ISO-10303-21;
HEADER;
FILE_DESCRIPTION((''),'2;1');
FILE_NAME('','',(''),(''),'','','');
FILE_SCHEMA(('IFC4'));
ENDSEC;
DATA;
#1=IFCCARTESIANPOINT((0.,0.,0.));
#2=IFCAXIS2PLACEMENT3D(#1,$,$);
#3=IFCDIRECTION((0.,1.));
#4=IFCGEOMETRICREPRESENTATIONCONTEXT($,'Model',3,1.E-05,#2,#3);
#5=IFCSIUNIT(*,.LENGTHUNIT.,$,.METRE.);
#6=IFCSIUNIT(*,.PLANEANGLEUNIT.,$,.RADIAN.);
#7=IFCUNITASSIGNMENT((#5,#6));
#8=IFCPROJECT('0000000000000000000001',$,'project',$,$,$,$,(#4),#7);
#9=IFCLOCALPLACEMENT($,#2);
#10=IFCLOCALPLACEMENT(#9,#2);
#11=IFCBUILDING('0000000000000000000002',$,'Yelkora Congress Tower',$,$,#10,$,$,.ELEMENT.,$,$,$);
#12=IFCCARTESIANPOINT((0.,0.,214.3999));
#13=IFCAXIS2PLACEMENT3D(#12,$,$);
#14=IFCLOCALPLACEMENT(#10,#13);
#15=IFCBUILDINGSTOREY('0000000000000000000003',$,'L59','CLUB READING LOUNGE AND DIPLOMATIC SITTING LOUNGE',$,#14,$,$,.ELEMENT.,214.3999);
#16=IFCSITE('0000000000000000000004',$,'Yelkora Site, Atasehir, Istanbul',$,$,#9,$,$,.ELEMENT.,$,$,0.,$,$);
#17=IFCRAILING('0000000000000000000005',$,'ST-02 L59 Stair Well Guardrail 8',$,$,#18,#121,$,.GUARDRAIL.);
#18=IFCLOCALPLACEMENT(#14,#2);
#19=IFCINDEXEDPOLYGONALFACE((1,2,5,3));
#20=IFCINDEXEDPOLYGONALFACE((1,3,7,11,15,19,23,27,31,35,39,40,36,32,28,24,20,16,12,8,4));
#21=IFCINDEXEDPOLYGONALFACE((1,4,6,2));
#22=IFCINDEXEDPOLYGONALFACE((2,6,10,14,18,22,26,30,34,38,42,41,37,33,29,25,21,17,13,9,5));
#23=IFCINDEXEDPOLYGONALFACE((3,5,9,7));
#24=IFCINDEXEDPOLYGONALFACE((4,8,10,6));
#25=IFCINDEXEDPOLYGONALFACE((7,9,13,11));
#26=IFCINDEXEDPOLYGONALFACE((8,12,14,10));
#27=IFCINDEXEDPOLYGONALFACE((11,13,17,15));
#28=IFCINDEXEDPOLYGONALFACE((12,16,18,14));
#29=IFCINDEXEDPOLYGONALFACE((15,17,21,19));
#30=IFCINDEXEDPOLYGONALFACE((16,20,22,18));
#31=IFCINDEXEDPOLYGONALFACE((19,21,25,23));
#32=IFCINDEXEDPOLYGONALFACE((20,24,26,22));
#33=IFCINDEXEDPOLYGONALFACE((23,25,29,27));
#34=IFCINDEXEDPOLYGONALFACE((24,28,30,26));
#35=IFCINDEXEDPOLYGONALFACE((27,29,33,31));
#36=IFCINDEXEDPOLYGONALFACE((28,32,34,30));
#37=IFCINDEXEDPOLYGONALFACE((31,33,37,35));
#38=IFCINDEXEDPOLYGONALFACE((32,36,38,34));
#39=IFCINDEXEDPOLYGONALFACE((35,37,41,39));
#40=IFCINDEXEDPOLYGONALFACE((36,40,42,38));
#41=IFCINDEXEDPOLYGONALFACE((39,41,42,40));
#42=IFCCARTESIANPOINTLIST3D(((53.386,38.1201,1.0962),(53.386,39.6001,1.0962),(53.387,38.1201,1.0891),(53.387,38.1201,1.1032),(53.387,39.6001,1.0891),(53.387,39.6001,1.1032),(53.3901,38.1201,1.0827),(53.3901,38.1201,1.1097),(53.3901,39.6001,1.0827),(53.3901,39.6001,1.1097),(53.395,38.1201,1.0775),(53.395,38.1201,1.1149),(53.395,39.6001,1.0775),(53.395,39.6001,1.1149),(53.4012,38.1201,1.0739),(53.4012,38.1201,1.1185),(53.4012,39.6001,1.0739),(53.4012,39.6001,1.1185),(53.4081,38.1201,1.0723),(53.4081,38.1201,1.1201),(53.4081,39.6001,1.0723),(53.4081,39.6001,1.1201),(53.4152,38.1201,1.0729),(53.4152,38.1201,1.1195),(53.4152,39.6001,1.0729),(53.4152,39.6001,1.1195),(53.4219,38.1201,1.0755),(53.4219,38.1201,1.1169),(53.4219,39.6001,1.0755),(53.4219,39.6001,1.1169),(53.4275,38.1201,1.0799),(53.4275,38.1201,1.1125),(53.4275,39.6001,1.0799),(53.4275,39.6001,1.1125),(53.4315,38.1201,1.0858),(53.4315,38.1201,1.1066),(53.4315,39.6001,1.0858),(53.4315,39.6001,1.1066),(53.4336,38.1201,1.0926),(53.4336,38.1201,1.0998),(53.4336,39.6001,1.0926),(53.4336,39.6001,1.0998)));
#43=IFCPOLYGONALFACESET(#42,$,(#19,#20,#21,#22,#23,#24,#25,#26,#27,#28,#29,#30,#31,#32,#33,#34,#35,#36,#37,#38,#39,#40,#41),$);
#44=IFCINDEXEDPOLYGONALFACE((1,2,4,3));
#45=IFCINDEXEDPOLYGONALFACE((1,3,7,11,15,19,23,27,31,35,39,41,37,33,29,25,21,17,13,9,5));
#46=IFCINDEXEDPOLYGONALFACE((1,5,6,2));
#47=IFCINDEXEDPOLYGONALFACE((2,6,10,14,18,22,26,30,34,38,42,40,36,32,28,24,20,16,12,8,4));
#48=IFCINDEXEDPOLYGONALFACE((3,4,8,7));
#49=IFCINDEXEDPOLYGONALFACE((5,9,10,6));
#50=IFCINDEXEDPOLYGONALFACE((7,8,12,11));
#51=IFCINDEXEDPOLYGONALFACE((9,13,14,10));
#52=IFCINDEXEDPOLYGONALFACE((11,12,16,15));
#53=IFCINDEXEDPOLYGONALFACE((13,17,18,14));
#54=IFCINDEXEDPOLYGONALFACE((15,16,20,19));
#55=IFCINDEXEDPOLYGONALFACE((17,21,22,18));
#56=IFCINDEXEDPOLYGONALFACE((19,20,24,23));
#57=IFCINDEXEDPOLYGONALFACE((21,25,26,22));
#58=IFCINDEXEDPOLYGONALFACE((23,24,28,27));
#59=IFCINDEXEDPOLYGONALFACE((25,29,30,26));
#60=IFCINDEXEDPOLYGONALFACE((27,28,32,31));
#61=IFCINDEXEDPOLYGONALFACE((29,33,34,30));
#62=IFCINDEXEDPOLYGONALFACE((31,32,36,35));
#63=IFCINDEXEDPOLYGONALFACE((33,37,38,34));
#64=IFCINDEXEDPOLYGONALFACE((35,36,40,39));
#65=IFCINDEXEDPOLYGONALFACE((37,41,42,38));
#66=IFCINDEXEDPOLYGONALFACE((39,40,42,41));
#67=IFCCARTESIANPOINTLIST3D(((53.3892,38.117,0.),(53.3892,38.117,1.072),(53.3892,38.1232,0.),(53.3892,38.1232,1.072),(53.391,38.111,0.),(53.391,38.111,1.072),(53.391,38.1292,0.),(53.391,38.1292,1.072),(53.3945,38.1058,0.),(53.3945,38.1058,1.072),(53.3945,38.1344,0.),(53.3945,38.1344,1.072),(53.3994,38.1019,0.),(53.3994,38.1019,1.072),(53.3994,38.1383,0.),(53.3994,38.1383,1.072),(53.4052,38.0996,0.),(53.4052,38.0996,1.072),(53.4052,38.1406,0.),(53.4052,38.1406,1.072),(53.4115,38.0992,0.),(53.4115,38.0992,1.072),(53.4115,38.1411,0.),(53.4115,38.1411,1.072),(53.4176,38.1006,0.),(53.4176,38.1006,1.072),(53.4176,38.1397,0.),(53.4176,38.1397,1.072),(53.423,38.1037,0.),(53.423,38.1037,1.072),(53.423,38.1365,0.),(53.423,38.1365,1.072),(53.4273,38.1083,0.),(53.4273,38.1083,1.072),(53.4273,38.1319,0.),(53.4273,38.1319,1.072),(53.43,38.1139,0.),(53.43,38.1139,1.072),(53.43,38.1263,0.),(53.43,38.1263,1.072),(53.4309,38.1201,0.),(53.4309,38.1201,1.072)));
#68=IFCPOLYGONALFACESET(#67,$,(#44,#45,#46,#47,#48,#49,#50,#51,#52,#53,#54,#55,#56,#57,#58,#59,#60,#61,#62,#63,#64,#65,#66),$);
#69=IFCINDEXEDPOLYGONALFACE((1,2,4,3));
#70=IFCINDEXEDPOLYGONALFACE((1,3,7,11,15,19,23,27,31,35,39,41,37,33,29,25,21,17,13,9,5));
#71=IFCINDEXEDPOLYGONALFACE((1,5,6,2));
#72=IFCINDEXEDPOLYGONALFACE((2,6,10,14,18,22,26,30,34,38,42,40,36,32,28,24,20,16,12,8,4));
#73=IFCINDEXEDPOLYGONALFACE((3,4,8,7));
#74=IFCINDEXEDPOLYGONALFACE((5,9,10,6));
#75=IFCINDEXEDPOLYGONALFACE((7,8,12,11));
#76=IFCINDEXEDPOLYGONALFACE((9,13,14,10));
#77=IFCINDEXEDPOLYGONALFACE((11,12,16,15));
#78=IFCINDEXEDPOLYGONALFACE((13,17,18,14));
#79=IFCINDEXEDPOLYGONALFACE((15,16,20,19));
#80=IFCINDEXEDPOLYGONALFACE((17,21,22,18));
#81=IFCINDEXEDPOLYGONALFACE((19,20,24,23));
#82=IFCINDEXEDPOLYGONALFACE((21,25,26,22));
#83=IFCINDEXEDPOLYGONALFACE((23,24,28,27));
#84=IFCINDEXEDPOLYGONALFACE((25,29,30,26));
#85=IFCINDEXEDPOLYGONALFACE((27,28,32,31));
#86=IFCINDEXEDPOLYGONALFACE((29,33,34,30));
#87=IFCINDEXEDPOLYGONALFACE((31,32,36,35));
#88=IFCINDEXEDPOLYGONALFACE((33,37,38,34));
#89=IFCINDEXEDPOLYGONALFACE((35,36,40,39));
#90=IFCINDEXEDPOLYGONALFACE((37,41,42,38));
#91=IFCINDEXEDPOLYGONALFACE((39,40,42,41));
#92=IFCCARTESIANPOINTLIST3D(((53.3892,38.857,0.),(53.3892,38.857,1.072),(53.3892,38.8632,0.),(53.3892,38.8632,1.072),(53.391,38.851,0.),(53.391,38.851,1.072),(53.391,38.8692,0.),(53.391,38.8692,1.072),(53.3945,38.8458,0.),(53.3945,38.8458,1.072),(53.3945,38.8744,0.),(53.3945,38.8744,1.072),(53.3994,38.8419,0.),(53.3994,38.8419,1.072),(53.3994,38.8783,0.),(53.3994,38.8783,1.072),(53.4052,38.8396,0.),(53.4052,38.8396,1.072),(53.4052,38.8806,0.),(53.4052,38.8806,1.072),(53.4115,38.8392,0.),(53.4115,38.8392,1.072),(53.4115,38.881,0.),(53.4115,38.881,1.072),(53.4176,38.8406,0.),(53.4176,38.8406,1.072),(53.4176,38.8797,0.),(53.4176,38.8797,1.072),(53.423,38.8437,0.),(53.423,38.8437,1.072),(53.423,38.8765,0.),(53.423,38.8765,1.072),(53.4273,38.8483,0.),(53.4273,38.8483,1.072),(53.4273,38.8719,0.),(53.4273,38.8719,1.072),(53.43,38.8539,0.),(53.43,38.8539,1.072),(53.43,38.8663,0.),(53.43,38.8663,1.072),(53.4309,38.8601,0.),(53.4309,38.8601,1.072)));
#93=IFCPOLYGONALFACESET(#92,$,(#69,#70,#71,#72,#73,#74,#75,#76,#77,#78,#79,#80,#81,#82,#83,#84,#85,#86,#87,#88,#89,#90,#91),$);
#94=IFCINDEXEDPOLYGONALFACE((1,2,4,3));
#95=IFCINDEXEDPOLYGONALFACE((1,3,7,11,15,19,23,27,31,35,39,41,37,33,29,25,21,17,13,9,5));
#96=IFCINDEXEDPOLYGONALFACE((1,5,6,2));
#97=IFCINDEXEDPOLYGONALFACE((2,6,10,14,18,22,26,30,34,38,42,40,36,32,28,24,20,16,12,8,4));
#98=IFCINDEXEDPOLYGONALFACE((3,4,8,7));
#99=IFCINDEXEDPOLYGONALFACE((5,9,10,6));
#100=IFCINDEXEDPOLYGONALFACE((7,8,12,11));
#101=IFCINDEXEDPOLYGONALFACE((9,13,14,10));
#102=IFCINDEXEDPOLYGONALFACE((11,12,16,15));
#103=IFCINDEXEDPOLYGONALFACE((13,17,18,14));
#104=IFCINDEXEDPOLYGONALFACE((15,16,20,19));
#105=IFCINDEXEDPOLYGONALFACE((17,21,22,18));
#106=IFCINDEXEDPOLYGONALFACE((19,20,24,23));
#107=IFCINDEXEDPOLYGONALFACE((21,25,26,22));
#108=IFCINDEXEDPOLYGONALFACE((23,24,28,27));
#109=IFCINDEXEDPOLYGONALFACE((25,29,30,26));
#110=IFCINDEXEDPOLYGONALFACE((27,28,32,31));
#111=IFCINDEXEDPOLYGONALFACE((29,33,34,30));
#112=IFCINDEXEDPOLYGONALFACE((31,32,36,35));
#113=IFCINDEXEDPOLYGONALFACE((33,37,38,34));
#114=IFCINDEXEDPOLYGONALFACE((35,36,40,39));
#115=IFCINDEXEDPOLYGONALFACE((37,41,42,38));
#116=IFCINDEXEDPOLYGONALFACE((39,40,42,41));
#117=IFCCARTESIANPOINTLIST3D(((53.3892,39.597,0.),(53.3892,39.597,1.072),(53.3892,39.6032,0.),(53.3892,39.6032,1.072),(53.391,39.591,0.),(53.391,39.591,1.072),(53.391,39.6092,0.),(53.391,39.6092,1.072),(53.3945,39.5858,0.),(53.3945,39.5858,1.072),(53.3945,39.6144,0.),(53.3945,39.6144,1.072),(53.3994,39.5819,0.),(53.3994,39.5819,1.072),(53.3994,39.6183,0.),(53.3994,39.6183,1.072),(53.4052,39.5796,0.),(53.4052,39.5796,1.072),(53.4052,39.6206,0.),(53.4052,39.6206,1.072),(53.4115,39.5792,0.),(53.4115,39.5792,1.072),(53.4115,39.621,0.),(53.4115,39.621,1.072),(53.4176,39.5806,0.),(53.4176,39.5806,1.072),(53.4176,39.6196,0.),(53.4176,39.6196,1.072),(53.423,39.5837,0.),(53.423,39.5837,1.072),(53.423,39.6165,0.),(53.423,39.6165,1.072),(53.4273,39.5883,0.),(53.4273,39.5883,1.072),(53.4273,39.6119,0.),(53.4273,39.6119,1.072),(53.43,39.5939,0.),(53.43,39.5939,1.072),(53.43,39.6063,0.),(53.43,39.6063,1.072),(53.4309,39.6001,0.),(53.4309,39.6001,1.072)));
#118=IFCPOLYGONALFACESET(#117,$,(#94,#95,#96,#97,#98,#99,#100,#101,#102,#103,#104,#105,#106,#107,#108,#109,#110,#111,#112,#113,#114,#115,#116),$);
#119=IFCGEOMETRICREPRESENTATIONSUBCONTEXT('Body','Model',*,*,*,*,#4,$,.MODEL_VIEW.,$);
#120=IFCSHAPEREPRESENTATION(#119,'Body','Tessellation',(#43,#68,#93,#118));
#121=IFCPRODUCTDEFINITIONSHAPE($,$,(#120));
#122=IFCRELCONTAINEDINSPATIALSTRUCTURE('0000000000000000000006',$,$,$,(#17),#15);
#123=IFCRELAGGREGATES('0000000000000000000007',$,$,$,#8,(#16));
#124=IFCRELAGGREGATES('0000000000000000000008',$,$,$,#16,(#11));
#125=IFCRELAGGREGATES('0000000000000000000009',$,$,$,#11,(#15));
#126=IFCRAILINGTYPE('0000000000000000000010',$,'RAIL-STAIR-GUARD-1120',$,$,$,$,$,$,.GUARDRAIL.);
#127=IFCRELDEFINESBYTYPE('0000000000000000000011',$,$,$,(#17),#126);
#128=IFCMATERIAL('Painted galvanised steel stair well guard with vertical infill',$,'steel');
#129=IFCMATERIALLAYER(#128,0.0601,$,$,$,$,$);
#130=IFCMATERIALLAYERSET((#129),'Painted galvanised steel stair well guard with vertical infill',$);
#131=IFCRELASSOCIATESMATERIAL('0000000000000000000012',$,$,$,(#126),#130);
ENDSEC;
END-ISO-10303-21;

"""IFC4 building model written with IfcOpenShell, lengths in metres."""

from ifc_helpers import new_model, si_unit, direction, frame, origin, origin_2d, place, context, subcontext, project, spatial, circle, extrude, material, layer, layer_set, type_object, element, save


model = new_model("IFC4")

# Units and contexts
model_context = context("Model", 3, precision=1e-05, world=origin(), true_north=direction((0.0, 1.0)))
body_context = subcontext(model_context, "Body", "Model", "MODEL_VIEW")
ifc_project = project(units=[si_unit("LENGTHUNIT", "METRE"), si_unit("PLANEANGLEUNIT", "RADIAN")], contexts=[model_context])

# Site, building, storey
site_placement = place(None, origin())
site = spatial("IfcSite", under=ifc_project, at=site_placement, Name="Yelkora Site, Atasehir, Istanbul", CompositionType="ELEMENT", RefElevation=0.0)
building_placement = place(site_placement, origin())
building = spatial("IfcBuilding", under=site, at=building_placement, Name="Yelkora Congress Tower", CompositionType="ELEMENT")
storey_placement = place(building_placement, frame((0.0, 0.0, 214.3999)))
storey = spatial("IfcBuildingStorey", under=building, at=storey_placement, Name="L59", Description="CLUB READING LOUNGE AND DIPLOMATIC SITTING LOUNGE", CompositionType="ELEMENT", Elevation=214.3999)

# Railing
ifc_material_1 = material(Name="Painted galvanised steel stair well guard with vertical infill", Category="steel")
ifc_layer_1 = layer(ifc_material_1, 0.0601)
ifc_layer_set_1 = layer_set([ifc_layer_1], Name="Painted galvanised steel stair well guard with vertical infill")
railing_type_1 = type_object("IfcRailingType", Name="RAIL-STAIR-GUARD-1120", PredefinedType="GUARDRAIL", material=ifc_layer_set_1)
railing_1_placement = place(storey_placement, frame((53.4099, 38.1201, 0.0)))
element("IfcRailing", 1, at=railing_1_placement, inside=storey, type_object=railing_type_1, Name="ST-02 L59 Stair Well Guardrail 8", PredefinedType="GUARDRAIL", context=body_context, shape_type="SweptSolid", body=[
    extrude(circle(Radius=0.0239, at=origin_2d()), frame((0.0, 0.0, 1.0962), z_axis=(0.0, 1.0, 0.0), x_axis=(-1.0, 0.0, 0.0)), (0.0, 0.0, 1.0), 1.48),
    extrude(circle(Radius=0.021, at=origin_2d()), origin(), (0.0, 0.0, 1.0), 1.072),
    extrude(circle(Radius=0.021, at=origin_2d()), frame((0.0, 0.74, 0.0)), (0.0, 0.0, 1.0), 1.072),
    extrude(circle(Radius=0.021, at=origin_2d()), frame((0.0, 1.48, 0.0)), (0.0, 0.0, 1.0), 1.072),
])

save(model, "model.ifc")
